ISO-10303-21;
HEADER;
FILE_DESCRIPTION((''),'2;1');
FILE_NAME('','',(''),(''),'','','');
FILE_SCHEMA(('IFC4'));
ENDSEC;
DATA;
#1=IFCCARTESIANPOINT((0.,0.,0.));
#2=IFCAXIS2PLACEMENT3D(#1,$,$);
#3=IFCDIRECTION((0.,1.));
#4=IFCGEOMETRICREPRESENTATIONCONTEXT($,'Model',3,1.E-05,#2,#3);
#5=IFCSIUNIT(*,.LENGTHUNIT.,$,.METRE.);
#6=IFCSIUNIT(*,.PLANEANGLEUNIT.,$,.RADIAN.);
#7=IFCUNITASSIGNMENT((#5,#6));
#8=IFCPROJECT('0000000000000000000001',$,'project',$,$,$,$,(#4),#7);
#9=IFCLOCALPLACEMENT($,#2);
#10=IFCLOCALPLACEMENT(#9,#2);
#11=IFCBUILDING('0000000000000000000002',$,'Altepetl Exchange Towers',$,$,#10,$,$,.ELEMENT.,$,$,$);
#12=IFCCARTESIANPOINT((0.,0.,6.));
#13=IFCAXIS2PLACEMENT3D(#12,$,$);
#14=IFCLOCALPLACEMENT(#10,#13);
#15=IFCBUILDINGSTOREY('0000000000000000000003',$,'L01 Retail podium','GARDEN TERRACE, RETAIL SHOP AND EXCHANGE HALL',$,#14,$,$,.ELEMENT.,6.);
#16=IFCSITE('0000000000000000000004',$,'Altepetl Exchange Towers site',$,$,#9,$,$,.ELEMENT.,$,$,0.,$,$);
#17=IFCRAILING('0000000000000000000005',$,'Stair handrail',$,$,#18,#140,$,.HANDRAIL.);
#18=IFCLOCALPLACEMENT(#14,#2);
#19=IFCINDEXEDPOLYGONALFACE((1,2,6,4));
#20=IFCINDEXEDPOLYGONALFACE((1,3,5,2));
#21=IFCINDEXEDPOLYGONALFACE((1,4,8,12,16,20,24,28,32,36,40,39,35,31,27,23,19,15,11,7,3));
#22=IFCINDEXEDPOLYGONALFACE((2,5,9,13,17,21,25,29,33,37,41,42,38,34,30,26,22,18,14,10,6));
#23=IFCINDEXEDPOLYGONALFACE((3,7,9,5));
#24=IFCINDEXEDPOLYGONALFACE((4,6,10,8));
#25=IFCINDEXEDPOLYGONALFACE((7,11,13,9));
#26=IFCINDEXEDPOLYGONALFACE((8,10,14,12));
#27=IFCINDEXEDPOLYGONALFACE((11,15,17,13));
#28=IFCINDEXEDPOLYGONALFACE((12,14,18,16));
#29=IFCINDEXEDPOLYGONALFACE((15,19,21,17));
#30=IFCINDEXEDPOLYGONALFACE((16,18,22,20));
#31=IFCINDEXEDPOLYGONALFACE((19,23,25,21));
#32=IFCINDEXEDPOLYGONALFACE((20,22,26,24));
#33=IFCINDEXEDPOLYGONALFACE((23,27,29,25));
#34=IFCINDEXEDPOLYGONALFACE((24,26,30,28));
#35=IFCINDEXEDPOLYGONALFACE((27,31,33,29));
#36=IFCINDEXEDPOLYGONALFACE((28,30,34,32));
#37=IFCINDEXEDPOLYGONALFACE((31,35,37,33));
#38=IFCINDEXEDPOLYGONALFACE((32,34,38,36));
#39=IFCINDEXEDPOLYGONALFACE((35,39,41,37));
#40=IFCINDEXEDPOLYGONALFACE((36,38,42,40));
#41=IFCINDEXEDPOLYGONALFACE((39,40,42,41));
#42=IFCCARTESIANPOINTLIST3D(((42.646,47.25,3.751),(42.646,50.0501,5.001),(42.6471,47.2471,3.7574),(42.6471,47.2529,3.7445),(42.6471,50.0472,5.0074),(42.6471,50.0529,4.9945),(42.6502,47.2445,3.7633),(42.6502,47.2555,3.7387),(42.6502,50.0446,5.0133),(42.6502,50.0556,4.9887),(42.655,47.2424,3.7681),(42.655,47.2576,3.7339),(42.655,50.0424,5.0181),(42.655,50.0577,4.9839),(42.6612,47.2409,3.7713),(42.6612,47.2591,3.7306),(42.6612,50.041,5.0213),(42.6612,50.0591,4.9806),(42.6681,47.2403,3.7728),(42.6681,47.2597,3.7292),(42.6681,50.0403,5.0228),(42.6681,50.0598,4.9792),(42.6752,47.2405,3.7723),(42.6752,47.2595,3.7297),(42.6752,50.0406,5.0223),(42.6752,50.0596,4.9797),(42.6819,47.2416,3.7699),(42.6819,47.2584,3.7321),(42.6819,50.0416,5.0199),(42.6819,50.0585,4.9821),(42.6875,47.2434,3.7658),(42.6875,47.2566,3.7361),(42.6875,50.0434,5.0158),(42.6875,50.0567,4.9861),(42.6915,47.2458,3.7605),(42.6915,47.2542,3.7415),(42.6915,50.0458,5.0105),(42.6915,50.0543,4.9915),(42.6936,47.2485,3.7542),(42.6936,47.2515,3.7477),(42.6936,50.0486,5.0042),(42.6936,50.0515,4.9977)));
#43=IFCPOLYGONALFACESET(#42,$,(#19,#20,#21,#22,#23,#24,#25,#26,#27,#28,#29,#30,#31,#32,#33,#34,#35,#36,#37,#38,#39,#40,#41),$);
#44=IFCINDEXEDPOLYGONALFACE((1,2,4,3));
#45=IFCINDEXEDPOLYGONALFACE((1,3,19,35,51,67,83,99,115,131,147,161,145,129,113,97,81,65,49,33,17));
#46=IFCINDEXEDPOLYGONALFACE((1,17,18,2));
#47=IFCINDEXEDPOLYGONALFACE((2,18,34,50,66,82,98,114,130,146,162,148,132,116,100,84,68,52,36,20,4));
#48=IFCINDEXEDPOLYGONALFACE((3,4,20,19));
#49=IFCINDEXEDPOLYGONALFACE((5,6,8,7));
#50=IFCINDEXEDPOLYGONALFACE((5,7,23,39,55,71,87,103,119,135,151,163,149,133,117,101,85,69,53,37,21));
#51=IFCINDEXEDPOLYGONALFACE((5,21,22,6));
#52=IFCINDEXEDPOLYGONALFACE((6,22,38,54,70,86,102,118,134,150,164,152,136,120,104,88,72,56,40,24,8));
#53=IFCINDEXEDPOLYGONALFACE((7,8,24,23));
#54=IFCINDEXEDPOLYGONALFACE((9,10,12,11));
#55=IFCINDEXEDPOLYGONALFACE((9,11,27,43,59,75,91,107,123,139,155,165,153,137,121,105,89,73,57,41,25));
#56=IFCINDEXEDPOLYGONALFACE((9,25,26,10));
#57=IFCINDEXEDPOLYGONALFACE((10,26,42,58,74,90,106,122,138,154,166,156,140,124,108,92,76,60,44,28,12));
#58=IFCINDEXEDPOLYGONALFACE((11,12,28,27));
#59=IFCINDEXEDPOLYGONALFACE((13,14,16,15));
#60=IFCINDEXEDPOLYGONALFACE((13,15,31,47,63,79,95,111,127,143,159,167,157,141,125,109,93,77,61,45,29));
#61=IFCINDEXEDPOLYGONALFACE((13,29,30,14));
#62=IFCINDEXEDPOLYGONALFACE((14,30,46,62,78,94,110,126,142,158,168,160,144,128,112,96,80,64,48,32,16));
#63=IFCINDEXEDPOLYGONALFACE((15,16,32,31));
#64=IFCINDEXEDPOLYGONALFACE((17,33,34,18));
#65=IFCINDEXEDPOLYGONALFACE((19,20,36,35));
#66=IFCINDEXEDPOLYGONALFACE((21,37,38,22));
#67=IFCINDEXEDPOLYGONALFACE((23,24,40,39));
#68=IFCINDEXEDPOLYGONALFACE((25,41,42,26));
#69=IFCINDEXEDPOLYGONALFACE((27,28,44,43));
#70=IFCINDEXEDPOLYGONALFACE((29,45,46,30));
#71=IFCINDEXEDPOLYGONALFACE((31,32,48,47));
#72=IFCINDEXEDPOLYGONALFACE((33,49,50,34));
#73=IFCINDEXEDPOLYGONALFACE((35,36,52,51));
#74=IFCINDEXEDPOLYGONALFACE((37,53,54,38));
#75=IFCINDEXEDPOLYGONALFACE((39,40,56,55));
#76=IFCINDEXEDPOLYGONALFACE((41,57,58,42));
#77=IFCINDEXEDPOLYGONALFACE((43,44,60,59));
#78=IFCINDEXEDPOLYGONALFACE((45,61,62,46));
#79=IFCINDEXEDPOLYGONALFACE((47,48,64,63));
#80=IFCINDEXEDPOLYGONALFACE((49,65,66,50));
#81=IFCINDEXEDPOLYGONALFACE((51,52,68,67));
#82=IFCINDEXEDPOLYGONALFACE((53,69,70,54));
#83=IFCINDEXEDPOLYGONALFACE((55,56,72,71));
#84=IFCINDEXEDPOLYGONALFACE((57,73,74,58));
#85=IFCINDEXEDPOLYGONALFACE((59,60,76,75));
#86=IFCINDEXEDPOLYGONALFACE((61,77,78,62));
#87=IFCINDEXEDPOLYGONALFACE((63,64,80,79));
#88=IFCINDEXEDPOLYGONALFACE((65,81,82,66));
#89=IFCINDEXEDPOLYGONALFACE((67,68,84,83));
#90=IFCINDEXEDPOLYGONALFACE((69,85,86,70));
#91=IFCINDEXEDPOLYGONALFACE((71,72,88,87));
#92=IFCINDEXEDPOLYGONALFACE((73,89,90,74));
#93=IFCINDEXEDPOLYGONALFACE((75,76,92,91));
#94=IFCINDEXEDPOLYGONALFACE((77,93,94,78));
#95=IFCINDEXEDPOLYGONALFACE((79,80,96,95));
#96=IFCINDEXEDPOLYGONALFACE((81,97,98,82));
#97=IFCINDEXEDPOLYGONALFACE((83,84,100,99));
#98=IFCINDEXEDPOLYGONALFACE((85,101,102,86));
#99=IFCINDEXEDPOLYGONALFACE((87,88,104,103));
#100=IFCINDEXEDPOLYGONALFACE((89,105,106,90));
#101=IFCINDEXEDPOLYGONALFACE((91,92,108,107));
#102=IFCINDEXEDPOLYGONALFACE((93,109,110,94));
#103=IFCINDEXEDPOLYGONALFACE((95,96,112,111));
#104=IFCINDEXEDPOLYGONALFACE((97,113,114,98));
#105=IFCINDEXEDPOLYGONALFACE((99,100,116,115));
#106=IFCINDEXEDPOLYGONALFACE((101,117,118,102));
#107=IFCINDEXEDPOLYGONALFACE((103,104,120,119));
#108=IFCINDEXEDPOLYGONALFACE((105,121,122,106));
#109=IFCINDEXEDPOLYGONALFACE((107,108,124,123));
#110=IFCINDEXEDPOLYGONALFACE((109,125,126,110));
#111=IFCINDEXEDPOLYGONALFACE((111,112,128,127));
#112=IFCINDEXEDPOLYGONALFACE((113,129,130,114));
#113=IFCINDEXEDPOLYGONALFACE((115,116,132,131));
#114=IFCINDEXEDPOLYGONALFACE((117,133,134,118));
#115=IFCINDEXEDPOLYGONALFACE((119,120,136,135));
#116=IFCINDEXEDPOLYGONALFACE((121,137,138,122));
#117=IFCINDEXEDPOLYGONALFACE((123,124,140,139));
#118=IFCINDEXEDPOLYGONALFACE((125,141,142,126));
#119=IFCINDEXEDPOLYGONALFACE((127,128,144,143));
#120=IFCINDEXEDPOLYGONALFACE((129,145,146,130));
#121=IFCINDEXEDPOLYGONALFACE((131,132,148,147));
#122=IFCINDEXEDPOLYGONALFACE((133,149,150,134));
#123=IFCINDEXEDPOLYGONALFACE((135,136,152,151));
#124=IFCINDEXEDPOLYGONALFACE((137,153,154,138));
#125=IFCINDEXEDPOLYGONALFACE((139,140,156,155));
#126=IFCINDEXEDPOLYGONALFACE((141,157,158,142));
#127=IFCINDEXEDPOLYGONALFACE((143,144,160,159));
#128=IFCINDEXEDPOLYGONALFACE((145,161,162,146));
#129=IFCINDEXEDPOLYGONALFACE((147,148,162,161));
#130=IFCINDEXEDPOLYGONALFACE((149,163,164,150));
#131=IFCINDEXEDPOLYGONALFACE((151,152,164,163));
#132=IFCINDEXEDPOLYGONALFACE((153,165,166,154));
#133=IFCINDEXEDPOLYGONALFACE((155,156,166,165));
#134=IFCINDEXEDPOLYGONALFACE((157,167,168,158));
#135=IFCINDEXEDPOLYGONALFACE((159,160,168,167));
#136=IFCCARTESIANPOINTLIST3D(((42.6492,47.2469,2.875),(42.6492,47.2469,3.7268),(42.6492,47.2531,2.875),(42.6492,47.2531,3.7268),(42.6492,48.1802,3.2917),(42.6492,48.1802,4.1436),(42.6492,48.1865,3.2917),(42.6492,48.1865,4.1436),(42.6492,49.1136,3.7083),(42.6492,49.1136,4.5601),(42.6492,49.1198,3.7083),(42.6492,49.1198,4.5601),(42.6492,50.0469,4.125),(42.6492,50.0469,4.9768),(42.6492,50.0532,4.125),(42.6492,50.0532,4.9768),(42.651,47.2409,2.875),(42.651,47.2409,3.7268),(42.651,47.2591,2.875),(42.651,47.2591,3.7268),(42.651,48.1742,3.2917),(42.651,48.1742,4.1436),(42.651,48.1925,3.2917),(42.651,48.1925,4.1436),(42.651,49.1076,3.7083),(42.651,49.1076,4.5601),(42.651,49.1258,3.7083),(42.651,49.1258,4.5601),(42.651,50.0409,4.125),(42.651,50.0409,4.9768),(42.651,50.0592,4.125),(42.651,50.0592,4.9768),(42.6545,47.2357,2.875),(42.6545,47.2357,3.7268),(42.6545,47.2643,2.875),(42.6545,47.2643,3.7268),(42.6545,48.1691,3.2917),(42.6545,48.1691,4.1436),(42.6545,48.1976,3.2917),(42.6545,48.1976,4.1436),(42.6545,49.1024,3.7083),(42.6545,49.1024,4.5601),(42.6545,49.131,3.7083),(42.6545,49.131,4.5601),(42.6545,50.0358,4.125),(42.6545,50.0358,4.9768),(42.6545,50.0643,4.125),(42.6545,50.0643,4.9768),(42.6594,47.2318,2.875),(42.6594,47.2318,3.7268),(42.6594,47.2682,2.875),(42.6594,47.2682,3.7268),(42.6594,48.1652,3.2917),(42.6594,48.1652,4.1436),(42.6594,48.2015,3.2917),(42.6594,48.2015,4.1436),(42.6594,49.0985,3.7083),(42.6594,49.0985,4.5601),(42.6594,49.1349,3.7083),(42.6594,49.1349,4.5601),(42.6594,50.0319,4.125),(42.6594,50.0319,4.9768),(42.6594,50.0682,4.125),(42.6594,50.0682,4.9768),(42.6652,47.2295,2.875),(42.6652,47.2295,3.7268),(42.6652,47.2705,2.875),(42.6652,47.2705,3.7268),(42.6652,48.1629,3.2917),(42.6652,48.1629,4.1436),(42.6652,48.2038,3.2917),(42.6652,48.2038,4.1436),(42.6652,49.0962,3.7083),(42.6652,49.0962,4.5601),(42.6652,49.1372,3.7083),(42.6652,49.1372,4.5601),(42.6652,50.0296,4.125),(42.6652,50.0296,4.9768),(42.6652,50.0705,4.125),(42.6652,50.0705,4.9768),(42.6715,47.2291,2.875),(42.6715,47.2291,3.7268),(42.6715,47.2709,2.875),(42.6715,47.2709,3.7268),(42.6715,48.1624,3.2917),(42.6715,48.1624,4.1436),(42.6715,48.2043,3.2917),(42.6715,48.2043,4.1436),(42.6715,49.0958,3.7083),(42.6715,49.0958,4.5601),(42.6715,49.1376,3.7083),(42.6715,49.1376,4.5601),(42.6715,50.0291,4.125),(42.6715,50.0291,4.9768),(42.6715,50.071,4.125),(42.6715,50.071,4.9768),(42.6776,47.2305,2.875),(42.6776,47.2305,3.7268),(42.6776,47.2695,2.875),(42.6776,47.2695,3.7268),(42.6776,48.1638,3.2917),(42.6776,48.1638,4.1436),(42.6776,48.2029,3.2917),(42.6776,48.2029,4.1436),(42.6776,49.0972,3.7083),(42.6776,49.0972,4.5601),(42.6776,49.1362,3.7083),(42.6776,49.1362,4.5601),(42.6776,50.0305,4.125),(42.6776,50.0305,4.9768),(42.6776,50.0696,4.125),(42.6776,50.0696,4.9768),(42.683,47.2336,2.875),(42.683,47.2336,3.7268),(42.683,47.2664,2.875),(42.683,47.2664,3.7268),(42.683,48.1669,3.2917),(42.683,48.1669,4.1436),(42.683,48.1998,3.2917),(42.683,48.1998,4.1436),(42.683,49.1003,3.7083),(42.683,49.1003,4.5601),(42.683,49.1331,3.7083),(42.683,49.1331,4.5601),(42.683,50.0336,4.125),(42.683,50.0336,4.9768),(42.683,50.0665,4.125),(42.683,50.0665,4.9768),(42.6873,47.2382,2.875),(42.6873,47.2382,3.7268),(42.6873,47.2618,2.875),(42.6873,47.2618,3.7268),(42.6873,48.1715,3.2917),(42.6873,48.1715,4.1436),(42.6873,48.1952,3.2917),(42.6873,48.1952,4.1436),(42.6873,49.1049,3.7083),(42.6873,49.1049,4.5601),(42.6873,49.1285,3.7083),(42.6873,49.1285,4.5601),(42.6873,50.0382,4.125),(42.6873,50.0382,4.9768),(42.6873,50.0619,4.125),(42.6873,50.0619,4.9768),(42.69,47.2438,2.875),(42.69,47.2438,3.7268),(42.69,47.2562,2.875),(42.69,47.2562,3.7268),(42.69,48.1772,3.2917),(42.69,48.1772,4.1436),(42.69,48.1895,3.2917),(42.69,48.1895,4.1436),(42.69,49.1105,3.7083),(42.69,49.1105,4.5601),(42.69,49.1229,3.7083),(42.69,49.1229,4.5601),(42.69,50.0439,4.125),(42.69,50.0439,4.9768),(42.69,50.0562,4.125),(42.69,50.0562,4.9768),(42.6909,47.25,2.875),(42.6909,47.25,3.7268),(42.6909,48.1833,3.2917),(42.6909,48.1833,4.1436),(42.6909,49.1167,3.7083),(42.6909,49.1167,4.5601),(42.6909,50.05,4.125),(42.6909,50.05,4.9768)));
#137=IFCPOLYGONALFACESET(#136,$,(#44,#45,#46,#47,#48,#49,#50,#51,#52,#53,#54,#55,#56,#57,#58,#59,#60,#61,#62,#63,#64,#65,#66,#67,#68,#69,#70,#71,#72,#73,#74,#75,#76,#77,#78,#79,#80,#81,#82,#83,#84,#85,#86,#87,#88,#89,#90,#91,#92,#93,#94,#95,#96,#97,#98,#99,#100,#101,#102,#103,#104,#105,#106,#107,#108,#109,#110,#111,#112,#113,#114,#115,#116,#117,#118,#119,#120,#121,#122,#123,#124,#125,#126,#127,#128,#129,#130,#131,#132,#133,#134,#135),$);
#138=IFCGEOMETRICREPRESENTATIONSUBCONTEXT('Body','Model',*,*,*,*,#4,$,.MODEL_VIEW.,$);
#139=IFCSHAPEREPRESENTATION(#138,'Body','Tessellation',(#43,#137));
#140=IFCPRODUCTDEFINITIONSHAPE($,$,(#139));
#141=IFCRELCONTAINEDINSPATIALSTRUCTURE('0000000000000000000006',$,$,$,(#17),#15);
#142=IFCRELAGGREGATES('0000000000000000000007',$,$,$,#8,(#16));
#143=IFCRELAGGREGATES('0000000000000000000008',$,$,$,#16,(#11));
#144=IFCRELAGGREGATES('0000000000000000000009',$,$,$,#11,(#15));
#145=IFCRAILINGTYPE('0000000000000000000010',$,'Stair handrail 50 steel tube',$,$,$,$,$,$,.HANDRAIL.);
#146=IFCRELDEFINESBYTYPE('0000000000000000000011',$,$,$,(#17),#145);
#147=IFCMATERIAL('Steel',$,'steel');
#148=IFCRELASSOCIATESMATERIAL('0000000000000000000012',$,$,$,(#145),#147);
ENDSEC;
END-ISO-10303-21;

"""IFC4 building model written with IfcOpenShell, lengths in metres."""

from ifc_helpers import new_model, si_unit, direction, frame, origin, origin_2d, place, context, subcontext, project, spatial, circle, extrude, source, transform, mapped, material, type_object, element, save


model = new_model("IFC4")

# Units and contexts
model_context = context("Model", 3, precision=1e-05, world=origin(), true_north=direction((0.0, 1.0)))
body_context = subcontext(model_context, "Body", "Model", "MODEL_VIEW")
ifc_project = project(units=[si_unit("LENGTHUNIT", "METRE"), si_unit("PLANEANGLEUNIT", "RADIAN")], contexts=[model_context])

# Site, building, storey
site_placement = place(None, origin())
site = spatial("IfcSite", under=ifc_project, at=site_placement, Name="Altepetl Exchange Towers site", CompositionType="ELEMENT", RefElevation=0.0)
building_placement = place(site_placement, origin())
building = spatial("IfcBuilding", under=site, at=building_placement, Name="Altepetl Exchange Towers", CompositionType="ELEMENT")
storey_placement = place(building_placement, frame((0.0, 0.0, 6.0)))
storey = spatial("IfcBuildingStorey", under=building, at=storey_placement, Name="L01 Retail podium", Description="GARDEN TERRACE, RETAIL SHOP AND EXCHANGE HALL", CompositionType="ELEMENT", Elevation=6.0)

# Railing
ifc_material_1 = material(Name="Steel", Category="steel")
railing_type = type_object("IfcRailingType", Name="Stair handrail 50 steel tube", PredefinedType="HANDRAIL", material=ifc_material_1)
shared_shape = source(origin(), body_context, "Body", "SweptSolid", [
    extrude(circle(Radius=0.021, at=origin_2d()), origin(), (0.0, 0.0, 1.0), 0.8518),
])
railing_1_placement = place(storey_placement, frame((42.6699, 47.25, 2.875)))
element("IfcRailing", 1, at=railing_1_placement, inside=storey, type_object=railing_type, Name="Stair handrail", PredefinedType="HANDRAIL", context=body_context, shape_type="SweptSolid", body=[
    extrude(circle(Radius=0.0239, at=origin_2d()), frame((0.0, 0.0, 0.876), z_axis=(0.0, 0.913141, 0.407645), x_axis=(-1.0, 0.0, 0.0)), (0.0, 0.0, 1.0), 3.0664),
    mapped(shared_shape, transform((0.0, 0.0, 0.0))),
    mapped(shared_shape, transform((0.0, 0.9333, 0.4167))),
    mapped(shared_shape, transform((0.0, 1.8667, 0.8333))),
    mapped(shared_shape, transform((0.0, 2.8, 1.25))),
])

save(model, "model.ifc")
